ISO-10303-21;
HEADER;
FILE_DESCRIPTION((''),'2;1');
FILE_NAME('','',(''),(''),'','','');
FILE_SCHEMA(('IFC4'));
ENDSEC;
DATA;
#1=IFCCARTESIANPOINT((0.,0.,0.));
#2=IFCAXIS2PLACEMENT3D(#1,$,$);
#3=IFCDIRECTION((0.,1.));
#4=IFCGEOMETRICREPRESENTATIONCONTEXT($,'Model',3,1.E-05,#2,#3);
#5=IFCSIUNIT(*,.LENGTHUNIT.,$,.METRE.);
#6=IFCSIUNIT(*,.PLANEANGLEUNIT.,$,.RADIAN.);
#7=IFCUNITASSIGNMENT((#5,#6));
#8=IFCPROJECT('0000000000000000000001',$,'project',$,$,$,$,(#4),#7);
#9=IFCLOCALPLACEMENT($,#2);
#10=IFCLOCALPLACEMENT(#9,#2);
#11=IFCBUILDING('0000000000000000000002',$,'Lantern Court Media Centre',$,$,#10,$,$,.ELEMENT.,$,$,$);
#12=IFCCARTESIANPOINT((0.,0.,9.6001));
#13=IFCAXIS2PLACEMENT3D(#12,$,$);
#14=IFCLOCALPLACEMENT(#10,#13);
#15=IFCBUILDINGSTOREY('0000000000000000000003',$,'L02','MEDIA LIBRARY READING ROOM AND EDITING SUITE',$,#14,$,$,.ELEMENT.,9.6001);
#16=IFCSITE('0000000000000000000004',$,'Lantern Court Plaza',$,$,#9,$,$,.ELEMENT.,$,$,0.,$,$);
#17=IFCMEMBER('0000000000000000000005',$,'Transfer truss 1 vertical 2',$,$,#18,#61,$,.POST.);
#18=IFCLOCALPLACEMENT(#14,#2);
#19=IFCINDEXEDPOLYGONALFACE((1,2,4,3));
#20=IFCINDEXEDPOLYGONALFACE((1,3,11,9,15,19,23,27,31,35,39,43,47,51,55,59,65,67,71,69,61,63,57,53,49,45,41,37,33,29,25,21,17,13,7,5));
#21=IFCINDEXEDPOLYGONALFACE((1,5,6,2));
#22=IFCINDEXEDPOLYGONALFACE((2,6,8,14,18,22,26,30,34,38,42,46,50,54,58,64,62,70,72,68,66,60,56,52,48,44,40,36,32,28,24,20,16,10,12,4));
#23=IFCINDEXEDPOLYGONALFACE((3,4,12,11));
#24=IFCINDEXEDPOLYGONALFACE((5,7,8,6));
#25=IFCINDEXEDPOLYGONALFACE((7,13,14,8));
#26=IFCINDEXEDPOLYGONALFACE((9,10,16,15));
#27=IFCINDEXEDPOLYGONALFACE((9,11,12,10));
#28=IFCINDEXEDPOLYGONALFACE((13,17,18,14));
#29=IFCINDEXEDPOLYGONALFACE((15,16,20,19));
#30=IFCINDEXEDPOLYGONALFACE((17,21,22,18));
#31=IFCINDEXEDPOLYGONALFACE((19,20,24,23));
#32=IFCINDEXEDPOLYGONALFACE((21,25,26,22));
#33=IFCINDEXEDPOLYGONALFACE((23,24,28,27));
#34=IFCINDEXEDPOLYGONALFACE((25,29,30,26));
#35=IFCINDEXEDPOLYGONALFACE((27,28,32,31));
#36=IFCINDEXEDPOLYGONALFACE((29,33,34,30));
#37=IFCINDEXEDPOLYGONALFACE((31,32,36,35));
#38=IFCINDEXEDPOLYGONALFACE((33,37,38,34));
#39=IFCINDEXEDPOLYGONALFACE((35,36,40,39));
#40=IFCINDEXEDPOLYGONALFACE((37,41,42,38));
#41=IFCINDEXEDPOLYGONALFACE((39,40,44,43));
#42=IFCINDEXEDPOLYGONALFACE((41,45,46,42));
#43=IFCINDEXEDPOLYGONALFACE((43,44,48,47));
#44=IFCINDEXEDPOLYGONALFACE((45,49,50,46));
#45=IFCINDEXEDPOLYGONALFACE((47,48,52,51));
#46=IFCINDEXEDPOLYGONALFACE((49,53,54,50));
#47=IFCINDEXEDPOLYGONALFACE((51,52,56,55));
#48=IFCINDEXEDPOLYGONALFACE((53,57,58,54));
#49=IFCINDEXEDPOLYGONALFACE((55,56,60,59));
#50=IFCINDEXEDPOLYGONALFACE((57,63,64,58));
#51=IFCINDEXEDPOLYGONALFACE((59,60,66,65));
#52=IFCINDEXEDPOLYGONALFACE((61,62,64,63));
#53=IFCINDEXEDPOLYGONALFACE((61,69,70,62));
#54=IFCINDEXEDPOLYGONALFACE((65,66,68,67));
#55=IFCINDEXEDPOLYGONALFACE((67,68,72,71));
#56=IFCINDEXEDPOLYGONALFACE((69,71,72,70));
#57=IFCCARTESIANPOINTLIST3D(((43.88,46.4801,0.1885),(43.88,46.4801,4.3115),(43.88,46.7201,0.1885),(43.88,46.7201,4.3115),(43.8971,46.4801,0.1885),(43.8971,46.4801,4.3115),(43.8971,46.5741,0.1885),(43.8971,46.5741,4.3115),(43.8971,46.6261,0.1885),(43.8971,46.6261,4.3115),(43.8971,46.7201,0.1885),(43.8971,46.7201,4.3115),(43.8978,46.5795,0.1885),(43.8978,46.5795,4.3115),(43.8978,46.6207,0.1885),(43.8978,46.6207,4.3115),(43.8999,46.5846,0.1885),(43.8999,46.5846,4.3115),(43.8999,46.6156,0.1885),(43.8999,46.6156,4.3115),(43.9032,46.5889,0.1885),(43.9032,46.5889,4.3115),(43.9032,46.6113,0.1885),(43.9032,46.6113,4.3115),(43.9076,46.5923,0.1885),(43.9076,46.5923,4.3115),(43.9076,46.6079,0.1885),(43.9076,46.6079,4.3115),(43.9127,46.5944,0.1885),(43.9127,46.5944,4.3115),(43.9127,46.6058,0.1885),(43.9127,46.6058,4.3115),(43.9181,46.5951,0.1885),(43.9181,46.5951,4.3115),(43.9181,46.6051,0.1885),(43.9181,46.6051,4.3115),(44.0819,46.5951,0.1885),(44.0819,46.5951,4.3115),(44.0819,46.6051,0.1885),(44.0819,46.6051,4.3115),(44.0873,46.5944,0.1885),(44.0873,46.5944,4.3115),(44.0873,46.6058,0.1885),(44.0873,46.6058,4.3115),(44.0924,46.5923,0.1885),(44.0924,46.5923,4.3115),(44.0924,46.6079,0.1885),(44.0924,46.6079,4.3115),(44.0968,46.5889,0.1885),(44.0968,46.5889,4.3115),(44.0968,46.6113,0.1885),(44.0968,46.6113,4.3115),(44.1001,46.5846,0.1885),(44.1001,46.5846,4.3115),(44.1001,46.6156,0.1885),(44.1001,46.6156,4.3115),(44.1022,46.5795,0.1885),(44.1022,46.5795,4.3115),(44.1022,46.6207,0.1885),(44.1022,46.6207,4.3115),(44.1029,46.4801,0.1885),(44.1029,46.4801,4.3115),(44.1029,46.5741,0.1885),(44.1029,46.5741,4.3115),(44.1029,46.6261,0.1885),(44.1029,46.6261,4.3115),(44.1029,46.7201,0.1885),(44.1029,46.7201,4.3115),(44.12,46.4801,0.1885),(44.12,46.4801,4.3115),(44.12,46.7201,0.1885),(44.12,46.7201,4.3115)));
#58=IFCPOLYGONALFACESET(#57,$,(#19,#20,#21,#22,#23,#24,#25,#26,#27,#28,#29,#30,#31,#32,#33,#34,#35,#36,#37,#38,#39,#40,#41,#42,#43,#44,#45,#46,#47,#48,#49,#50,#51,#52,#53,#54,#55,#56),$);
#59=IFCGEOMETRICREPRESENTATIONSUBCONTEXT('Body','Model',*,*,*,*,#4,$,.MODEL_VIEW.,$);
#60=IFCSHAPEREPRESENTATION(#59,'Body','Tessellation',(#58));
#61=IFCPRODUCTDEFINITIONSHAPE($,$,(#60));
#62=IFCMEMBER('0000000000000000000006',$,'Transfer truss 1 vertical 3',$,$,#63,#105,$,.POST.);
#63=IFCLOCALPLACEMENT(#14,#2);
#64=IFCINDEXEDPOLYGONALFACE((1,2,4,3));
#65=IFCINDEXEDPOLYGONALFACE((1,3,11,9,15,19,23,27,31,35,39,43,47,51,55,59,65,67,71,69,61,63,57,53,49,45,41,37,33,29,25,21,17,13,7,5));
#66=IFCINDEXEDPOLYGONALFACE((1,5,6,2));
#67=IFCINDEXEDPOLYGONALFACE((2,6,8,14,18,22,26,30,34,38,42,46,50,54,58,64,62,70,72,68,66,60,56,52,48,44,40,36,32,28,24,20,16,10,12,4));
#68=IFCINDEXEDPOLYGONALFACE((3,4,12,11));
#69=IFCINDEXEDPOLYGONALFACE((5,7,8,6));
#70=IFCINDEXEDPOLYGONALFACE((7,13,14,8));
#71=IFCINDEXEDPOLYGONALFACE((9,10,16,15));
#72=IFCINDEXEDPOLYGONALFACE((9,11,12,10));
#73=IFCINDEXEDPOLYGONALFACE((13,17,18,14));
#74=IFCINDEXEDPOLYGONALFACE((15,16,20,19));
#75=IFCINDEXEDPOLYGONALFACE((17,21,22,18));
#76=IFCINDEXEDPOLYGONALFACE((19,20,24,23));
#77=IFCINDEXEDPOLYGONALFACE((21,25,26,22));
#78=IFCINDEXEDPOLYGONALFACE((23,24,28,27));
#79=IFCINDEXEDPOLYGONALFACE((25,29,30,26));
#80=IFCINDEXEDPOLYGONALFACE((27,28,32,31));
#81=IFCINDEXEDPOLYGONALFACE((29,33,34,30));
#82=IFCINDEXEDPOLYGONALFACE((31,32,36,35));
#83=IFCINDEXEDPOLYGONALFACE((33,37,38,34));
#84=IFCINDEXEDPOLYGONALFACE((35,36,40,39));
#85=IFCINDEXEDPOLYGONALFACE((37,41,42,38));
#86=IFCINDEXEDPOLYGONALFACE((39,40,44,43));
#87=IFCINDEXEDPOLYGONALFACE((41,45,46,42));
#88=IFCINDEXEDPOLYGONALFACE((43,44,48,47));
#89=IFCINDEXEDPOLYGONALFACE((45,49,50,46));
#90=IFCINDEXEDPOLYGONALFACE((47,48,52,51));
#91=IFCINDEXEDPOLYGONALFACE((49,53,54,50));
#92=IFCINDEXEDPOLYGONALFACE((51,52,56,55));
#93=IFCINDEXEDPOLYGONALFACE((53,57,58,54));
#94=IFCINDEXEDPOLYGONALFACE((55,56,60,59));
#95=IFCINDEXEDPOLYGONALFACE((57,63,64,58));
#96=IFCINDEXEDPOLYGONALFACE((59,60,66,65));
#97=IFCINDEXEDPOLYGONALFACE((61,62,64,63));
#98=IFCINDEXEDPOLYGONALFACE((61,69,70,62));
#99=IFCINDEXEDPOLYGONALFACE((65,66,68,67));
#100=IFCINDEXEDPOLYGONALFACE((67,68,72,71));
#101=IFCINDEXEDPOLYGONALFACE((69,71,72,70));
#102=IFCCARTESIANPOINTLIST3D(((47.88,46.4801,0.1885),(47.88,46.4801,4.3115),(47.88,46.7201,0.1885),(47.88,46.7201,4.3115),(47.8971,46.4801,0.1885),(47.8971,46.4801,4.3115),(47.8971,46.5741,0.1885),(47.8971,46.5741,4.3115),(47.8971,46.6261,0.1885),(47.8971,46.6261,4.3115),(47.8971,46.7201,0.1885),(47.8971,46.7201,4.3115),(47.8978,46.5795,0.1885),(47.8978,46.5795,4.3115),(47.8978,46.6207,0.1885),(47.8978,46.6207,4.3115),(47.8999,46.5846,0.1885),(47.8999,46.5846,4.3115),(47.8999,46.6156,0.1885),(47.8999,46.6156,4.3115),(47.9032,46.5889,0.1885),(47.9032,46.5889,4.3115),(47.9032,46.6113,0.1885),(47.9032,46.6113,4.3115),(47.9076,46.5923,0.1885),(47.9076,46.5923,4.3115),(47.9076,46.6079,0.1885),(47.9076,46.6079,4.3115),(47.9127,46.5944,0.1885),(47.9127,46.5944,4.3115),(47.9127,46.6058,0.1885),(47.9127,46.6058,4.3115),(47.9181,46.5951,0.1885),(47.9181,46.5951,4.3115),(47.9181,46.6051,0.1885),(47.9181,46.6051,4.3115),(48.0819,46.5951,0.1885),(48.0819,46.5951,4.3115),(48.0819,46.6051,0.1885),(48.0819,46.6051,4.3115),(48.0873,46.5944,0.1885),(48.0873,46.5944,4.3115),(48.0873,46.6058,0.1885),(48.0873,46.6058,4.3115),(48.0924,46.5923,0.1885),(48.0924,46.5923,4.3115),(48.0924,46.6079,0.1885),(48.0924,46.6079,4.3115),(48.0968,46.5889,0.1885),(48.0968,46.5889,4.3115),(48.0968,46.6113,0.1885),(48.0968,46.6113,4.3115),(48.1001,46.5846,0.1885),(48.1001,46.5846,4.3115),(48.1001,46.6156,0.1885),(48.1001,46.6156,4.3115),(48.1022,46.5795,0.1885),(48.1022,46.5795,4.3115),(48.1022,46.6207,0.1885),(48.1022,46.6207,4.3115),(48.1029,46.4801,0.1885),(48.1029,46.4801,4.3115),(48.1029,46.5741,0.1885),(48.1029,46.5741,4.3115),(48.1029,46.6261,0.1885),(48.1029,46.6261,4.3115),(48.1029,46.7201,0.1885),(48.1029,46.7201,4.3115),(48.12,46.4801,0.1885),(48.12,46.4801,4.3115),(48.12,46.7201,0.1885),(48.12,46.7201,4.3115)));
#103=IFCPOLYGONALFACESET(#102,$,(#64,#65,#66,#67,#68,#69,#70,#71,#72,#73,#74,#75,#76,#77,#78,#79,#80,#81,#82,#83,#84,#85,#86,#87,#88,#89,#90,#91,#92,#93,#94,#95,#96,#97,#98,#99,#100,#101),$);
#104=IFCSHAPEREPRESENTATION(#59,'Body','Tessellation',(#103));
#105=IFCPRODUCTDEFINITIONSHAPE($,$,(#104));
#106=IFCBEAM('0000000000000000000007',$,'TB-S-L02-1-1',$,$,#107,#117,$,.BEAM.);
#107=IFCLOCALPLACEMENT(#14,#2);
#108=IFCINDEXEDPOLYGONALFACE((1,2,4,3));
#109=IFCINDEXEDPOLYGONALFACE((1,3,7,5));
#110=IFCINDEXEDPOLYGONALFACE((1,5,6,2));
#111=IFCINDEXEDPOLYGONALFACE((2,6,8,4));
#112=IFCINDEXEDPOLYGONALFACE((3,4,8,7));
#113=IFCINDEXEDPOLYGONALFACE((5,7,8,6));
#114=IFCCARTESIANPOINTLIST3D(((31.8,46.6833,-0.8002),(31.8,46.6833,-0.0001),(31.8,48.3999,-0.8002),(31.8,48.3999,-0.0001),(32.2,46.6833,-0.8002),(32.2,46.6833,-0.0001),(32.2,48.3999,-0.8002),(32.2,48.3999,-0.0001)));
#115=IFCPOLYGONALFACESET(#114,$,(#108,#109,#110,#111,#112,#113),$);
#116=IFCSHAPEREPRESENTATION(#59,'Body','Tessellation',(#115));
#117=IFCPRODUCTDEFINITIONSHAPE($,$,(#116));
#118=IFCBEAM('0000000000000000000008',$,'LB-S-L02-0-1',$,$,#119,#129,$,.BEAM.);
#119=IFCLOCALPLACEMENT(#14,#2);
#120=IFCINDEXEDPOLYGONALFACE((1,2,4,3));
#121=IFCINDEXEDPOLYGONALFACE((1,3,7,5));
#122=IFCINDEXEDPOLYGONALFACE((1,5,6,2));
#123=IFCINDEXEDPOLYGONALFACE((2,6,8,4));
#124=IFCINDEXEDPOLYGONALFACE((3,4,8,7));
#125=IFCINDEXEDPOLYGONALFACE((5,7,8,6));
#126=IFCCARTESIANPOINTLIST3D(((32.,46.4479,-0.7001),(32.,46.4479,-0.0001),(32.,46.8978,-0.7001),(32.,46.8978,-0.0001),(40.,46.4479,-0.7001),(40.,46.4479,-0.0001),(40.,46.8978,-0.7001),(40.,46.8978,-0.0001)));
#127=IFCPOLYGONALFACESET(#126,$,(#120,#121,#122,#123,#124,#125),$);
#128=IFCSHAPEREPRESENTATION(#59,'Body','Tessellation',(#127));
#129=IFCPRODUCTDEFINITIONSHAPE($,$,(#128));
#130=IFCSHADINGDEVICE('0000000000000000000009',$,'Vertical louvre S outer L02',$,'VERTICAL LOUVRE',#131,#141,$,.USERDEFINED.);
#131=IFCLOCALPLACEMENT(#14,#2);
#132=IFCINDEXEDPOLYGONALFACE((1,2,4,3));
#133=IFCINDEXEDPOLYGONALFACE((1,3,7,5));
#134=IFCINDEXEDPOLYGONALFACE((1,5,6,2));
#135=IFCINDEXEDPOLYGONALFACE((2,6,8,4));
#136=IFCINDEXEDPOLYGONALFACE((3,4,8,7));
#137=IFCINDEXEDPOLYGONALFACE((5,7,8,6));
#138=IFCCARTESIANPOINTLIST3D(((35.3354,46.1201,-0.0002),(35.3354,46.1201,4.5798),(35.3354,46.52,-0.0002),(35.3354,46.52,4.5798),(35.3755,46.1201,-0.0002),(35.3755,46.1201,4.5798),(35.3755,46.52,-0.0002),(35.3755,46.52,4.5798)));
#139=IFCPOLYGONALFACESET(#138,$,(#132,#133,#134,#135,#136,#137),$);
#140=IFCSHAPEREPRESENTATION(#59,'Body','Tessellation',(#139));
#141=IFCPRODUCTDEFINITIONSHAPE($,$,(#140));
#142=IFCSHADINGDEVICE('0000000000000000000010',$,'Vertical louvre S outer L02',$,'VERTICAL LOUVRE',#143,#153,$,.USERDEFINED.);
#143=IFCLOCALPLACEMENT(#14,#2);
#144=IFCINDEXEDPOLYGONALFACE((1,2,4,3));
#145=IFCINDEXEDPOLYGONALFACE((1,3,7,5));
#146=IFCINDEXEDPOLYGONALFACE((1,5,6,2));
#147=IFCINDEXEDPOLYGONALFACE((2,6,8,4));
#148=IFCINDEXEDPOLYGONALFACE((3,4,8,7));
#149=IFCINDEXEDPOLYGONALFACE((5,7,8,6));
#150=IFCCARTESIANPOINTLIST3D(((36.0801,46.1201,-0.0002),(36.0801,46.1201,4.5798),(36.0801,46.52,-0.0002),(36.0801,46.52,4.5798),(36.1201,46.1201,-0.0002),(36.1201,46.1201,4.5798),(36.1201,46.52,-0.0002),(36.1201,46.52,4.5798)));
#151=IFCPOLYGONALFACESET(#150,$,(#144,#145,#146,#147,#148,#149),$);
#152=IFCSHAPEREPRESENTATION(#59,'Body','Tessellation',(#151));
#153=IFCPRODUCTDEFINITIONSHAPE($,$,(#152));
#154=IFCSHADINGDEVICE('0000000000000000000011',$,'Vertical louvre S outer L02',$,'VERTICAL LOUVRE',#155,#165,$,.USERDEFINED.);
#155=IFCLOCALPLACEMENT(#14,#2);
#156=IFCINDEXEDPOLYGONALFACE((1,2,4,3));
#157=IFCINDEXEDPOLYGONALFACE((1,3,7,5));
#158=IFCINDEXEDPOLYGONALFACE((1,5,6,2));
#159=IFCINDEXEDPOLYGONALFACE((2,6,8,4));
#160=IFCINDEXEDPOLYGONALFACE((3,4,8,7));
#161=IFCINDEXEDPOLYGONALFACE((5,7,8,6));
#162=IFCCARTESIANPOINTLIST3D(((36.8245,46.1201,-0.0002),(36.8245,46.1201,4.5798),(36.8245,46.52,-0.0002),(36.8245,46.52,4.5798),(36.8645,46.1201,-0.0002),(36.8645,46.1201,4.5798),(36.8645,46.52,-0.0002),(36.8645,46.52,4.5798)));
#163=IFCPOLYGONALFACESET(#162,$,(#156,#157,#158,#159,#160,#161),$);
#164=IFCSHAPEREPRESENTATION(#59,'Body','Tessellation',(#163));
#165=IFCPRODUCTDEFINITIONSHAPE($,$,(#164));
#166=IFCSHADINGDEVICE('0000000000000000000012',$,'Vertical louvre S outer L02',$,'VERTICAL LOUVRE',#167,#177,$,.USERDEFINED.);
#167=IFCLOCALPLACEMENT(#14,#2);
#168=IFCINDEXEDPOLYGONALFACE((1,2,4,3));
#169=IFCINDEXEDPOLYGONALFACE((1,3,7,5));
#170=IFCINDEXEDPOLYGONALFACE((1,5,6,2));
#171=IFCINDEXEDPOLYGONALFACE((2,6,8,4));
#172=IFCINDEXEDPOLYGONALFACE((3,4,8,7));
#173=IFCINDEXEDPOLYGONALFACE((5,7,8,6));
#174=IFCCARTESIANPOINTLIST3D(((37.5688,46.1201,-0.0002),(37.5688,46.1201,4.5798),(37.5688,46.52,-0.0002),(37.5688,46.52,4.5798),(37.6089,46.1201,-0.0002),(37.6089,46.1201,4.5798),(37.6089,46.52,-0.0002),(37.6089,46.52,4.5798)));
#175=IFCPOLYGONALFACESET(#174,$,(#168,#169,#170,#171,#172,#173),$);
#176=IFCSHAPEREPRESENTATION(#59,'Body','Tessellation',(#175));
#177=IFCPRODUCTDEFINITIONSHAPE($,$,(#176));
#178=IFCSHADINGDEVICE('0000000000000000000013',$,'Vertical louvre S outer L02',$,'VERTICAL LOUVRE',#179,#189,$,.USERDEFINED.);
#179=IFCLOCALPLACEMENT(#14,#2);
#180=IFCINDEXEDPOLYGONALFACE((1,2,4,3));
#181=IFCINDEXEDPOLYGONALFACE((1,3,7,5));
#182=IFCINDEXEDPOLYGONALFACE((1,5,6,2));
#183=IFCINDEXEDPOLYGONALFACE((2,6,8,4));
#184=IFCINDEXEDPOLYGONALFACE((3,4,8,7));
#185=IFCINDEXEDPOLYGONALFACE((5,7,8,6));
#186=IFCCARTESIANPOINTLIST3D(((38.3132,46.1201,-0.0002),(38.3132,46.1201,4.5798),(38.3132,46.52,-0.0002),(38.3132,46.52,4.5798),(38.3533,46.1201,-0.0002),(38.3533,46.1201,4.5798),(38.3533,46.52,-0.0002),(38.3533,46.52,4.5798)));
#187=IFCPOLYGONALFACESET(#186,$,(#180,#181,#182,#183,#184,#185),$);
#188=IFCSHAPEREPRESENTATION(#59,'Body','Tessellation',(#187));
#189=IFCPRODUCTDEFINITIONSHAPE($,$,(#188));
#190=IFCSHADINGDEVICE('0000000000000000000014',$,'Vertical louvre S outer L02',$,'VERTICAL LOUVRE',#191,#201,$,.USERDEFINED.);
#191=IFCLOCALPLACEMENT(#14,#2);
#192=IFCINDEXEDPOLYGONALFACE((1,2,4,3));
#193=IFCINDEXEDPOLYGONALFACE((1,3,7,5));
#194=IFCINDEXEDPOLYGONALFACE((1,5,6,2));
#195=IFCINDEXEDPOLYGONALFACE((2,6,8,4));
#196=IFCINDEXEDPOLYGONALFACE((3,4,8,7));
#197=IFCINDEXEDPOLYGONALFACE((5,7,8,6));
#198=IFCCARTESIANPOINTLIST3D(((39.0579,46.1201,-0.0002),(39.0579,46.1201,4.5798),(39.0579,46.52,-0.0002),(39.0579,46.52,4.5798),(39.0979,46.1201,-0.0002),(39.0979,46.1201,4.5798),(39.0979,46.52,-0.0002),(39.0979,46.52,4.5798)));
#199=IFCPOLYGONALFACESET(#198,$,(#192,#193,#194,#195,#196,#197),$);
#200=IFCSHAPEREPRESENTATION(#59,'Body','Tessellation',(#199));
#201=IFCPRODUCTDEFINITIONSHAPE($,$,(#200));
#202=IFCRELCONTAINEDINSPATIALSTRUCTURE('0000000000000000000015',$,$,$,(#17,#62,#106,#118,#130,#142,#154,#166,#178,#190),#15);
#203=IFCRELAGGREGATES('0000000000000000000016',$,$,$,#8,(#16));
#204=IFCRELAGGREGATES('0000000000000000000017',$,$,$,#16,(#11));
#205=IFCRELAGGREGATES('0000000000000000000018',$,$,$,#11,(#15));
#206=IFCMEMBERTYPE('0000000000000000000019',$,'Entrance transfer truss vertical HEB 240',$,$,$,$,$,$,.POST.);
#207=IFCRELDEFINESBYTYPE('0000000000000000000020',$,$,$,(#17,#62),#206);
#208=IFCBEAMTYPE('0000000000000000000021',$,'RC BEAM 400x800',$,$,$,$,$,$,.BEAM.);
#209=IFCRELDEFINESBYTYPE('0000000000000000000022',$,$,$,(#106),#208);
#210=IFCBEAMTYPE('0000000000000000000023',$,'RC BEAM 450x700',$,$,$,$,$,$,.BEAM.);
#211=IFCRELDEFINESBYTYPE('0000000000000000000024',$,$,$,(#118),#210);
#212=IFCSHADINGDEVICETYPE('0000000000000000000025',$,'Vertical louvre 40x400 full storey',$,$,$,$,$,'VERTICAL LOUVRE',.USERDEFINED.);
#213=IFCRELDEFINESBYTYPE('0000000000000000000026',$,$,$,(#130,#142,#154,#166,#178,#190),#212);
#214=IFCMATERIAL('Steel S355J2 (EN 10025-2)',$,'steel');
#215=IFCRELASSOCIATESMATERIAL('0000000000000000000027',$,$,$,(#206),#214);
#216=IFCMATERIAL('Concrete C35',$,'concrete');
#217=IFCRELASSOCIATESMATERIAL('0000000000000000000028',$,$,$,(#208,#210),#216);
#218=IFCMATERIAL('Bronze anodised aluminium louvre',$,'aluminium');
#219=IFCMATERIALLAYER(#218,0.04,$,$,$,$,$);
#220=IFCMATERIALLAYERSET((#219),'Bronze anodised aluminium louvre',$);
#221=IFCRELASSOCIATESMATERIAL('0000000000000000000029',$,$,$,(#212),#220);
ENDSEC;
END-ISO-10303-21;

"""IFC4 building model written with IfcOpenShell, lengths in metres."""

from ifc_helpers import new_model, si_unit, direction, frame, origin, origin_2d, place, context, subcontext, project, spatial, rectangle, i_section, extrude, material, layer, layer_set, material_profile, profile_set, type_object, element, save


model = new_model("IFC4")

# Units and contexts
model_context = context("Model", 3, precision=1e-05, world=origin(), true_north=direction((0.0, 1.0)))
body_context = subcontext(model_context, "Body", "Model", "MODEL_VIEW")
ifc_project = project(units=[si_unit("LENGTHUNIT", "METRE"), si_unit("PLANEANGLEUNIT", "RADIAN")], contexts=[model_context])

# Site, building, storey
site_placement = place(None, origin())
site = spatial("IfcSite", under=ifc_project, at=site_placement, Name="Lantern Court Plaza", CompositionType="ELEMENT", RefElevation=0.0)
building_placement = place(site_placement, origin())
building = spatial("IfcBuilding", under=site, at=building_placement, Name="Lantern Court Media Centre", CompositionType="ELEMENT")
storey_placement = place(building_placement, frame((0.0, 0.0, 9.6001)))
storey = spatial("IfcBuildingStorey", under=building, at=storey_placement, Name="L02", Description="MEDIA LIBRARY READING ROOM AND EDITING SUITE", CompositionType="ELEMENT", Elevation=9.6001)

# Shared definitions
ifc_material_1 = material(Name="Concrete C35", Category="concrete")

# Members
ifc_material_2 = material(Name="Steel S355J2 (EN 10025-2)", Category="steel")
ifc_material_profile_1 = material_profile(ifc_material_2, i_section(OverallWidth=0.24, OverallDepth=0.24, WebThickness=0.01, FlangeThickness=0.0171, FilletRadius=0.021, at=origin_2d()), Name="HEB 240")
ifc_profile_set_1 = profile_set([ifc_material_profile_1], Name="Steel S355J2 (EN 10025-2)")
member_type_1 = type_object("IfcMemberType", Name="Entrance transfer truss vertical HEB 240", PredefinedType="POST", material=ifc_profile_set_1)
for number, where, z_axis, x_axis, name in (
    (1, (44.0, 46.6001, 0.1885), (0.0, 0.0, 1.0), (0.0, 1.0, 0.0), "Transfer truss 1 vertical 2"),
    (2, (48.0, 46.6001, 0.1885), (0.0, 0.0, 1.0), (0.0, 1.0, 0.0), "Transfer truss 1 vertical 3"),
):
    element("IfcMember", number, at=place(storey_placement, frame(where, z_axis=z_axis, x_axis=x_axis)), inside=storey, type_object=member_type_1, Name=name, PredefinedType="POST", context=body_context, shape_type="SweptSolid", body=[
        extrude(i_section(OverallWidth=0.24, OverallDepth=0.24, WebThickness=0.01, FlangeThickness=0.0171, FilletRadius=0.021, at=origin_2d()), origin(), (0.0, 0.0, 1.0), 4.123),
    ])

# Beams
ifc_material_profile_2 = material_profile(ifc_material_1, rectangle(XDim=0.3999, YDim=0.8, at=origin_2d()), Name="RC 400x800")
ifc_profile_set_2 = profile_set([ifc_material_profile_2], Name="Concrete C35")
beam_type_1 = type_object("IfcBeamType", Name="RC BEAM 400x800", PredefinedType="BEAM", material=ifc_profile_set_2)
beam_1_placement = place(storey_placement, frame((32.0, 46.6833, -0.4001), z_axis=(0.0, 1.0, 0.0), x_axis=(-1.0, 0.0, 0.0)))
element("IfcBeam", 3, at=beam_1_placement, inside=storey, type_object=beam_type_1, Name="TB-S-L02-1-1", PredefinedType="BEAM", context=body_context, shape_type="SweptSolid", body=[
    extrude(rectangle(XDim=0.3999, YDim=0.8, at=origin_2d()), origin(), (0.0, 0.0, 1.0), 1.7166),
])
ifc_material_profile_3 = material_profile(ifc_material_1, rectangle(XDim=0.45, YDim=0.7, at=origin_2d()), Name="RC 450x700")
ifc_profile_set_3 = profile_set([ifc_material_profile_3], Name="Concrete C35")
beam_type_2 = type_object("IfcBeamType", Name="RC BEAM 450x700", PredefinedType="BEAM", material=ifc_profile_set_3)
beam_2_placement = place(storey_placement, frame((32.0, 46.6729, -0.3501), z_axis=(1.0, 0.0, 0.0), x_axis=(0.0, 1.0, 0.0)))
element("IfcBeam", 4, at=beam_2_placement, inside=storey, type_object=beam_type_2, Name="LB-S-L02-0-1", PredefinedType="BEAM", context=body_context, shape_type="SweptSolid", body=[
    extrude(rectangle(XDim=0.45, YDim=0.7, at=origin_2d()), origin(), (0.0, 0.0, 1.0), 8.0),
])

# Shading devices
ifc_material_3 = material(Name="Bronze anodised aluminium louvre", Category="aluminium")
ifc_layer = layer(ifc_material_3, 0.04)
ifc_layer_set = layer_set([ifc_layer], Name="Bronze anodised aluminium louvre")
shading_device_type = type_object("IfcShadingDeviceType", Name="Vertical louvre 40x400 full storey", ElementType="VERTICAL LOUVRE", PredefinedType="USERDEFINED", material=ifc_layer_set)
for number, where, z_axis, x_axis, name in (
    (5, (35.3555, 46.3201, -0.0002), (0.0, 0.0, 1.0), (1.0, 0.0, 0.0), "Vertical louvre S outer L02"),
    (6, (36.1001, 46.3201, -0.0002), (0.0, 0.0, 1.0), (1.0, 0.0, 0.0), "Vertical louvre S outer L02"),
    (7, (36.8445, 46.3201, -0.0002), (0.0, 0.0, 1.0), (1.0, 0.0, 0.0), "Vertical louvre S outer L02"),
    (8, (37.5889, 46.3201, -0.0002), (0.0, 0.0, 1.0), (1.0, 0.0, 0.0), "Vertical louvre S outer L02"),
    (9, (38.3333, 46.3201, -0.0002), (0.0, 0.0, 1.0), (1.0, 0.0, 0.0), "Vertical louvre S outer L02"),
    (10, (39.0779, 46.3201, -0.0002), (0.0, 0.0, 1.0), (1.0, 0.0, 0.0), "Vertical louvre S outer L02"),
):
    element("IfcShadingDevice", number, at=place(storey_placement, frame(where, z_axis=z_axis, x_axis=x_axis)), inside=storey, type_object=shading_device_type, Name=name, ObjectType="VERTICAL LOUVRE", PredefinedType="USERDEFINED", context=body_context, shape_type="SweptSolid", body=[
        extrude(rectangle(XDim=0.04, YDim=0.3999, at=origin_2d()), origin(), (0.0, 0.0, 1.0), 4.5801),
    ])

save(model, "model.ifc")
